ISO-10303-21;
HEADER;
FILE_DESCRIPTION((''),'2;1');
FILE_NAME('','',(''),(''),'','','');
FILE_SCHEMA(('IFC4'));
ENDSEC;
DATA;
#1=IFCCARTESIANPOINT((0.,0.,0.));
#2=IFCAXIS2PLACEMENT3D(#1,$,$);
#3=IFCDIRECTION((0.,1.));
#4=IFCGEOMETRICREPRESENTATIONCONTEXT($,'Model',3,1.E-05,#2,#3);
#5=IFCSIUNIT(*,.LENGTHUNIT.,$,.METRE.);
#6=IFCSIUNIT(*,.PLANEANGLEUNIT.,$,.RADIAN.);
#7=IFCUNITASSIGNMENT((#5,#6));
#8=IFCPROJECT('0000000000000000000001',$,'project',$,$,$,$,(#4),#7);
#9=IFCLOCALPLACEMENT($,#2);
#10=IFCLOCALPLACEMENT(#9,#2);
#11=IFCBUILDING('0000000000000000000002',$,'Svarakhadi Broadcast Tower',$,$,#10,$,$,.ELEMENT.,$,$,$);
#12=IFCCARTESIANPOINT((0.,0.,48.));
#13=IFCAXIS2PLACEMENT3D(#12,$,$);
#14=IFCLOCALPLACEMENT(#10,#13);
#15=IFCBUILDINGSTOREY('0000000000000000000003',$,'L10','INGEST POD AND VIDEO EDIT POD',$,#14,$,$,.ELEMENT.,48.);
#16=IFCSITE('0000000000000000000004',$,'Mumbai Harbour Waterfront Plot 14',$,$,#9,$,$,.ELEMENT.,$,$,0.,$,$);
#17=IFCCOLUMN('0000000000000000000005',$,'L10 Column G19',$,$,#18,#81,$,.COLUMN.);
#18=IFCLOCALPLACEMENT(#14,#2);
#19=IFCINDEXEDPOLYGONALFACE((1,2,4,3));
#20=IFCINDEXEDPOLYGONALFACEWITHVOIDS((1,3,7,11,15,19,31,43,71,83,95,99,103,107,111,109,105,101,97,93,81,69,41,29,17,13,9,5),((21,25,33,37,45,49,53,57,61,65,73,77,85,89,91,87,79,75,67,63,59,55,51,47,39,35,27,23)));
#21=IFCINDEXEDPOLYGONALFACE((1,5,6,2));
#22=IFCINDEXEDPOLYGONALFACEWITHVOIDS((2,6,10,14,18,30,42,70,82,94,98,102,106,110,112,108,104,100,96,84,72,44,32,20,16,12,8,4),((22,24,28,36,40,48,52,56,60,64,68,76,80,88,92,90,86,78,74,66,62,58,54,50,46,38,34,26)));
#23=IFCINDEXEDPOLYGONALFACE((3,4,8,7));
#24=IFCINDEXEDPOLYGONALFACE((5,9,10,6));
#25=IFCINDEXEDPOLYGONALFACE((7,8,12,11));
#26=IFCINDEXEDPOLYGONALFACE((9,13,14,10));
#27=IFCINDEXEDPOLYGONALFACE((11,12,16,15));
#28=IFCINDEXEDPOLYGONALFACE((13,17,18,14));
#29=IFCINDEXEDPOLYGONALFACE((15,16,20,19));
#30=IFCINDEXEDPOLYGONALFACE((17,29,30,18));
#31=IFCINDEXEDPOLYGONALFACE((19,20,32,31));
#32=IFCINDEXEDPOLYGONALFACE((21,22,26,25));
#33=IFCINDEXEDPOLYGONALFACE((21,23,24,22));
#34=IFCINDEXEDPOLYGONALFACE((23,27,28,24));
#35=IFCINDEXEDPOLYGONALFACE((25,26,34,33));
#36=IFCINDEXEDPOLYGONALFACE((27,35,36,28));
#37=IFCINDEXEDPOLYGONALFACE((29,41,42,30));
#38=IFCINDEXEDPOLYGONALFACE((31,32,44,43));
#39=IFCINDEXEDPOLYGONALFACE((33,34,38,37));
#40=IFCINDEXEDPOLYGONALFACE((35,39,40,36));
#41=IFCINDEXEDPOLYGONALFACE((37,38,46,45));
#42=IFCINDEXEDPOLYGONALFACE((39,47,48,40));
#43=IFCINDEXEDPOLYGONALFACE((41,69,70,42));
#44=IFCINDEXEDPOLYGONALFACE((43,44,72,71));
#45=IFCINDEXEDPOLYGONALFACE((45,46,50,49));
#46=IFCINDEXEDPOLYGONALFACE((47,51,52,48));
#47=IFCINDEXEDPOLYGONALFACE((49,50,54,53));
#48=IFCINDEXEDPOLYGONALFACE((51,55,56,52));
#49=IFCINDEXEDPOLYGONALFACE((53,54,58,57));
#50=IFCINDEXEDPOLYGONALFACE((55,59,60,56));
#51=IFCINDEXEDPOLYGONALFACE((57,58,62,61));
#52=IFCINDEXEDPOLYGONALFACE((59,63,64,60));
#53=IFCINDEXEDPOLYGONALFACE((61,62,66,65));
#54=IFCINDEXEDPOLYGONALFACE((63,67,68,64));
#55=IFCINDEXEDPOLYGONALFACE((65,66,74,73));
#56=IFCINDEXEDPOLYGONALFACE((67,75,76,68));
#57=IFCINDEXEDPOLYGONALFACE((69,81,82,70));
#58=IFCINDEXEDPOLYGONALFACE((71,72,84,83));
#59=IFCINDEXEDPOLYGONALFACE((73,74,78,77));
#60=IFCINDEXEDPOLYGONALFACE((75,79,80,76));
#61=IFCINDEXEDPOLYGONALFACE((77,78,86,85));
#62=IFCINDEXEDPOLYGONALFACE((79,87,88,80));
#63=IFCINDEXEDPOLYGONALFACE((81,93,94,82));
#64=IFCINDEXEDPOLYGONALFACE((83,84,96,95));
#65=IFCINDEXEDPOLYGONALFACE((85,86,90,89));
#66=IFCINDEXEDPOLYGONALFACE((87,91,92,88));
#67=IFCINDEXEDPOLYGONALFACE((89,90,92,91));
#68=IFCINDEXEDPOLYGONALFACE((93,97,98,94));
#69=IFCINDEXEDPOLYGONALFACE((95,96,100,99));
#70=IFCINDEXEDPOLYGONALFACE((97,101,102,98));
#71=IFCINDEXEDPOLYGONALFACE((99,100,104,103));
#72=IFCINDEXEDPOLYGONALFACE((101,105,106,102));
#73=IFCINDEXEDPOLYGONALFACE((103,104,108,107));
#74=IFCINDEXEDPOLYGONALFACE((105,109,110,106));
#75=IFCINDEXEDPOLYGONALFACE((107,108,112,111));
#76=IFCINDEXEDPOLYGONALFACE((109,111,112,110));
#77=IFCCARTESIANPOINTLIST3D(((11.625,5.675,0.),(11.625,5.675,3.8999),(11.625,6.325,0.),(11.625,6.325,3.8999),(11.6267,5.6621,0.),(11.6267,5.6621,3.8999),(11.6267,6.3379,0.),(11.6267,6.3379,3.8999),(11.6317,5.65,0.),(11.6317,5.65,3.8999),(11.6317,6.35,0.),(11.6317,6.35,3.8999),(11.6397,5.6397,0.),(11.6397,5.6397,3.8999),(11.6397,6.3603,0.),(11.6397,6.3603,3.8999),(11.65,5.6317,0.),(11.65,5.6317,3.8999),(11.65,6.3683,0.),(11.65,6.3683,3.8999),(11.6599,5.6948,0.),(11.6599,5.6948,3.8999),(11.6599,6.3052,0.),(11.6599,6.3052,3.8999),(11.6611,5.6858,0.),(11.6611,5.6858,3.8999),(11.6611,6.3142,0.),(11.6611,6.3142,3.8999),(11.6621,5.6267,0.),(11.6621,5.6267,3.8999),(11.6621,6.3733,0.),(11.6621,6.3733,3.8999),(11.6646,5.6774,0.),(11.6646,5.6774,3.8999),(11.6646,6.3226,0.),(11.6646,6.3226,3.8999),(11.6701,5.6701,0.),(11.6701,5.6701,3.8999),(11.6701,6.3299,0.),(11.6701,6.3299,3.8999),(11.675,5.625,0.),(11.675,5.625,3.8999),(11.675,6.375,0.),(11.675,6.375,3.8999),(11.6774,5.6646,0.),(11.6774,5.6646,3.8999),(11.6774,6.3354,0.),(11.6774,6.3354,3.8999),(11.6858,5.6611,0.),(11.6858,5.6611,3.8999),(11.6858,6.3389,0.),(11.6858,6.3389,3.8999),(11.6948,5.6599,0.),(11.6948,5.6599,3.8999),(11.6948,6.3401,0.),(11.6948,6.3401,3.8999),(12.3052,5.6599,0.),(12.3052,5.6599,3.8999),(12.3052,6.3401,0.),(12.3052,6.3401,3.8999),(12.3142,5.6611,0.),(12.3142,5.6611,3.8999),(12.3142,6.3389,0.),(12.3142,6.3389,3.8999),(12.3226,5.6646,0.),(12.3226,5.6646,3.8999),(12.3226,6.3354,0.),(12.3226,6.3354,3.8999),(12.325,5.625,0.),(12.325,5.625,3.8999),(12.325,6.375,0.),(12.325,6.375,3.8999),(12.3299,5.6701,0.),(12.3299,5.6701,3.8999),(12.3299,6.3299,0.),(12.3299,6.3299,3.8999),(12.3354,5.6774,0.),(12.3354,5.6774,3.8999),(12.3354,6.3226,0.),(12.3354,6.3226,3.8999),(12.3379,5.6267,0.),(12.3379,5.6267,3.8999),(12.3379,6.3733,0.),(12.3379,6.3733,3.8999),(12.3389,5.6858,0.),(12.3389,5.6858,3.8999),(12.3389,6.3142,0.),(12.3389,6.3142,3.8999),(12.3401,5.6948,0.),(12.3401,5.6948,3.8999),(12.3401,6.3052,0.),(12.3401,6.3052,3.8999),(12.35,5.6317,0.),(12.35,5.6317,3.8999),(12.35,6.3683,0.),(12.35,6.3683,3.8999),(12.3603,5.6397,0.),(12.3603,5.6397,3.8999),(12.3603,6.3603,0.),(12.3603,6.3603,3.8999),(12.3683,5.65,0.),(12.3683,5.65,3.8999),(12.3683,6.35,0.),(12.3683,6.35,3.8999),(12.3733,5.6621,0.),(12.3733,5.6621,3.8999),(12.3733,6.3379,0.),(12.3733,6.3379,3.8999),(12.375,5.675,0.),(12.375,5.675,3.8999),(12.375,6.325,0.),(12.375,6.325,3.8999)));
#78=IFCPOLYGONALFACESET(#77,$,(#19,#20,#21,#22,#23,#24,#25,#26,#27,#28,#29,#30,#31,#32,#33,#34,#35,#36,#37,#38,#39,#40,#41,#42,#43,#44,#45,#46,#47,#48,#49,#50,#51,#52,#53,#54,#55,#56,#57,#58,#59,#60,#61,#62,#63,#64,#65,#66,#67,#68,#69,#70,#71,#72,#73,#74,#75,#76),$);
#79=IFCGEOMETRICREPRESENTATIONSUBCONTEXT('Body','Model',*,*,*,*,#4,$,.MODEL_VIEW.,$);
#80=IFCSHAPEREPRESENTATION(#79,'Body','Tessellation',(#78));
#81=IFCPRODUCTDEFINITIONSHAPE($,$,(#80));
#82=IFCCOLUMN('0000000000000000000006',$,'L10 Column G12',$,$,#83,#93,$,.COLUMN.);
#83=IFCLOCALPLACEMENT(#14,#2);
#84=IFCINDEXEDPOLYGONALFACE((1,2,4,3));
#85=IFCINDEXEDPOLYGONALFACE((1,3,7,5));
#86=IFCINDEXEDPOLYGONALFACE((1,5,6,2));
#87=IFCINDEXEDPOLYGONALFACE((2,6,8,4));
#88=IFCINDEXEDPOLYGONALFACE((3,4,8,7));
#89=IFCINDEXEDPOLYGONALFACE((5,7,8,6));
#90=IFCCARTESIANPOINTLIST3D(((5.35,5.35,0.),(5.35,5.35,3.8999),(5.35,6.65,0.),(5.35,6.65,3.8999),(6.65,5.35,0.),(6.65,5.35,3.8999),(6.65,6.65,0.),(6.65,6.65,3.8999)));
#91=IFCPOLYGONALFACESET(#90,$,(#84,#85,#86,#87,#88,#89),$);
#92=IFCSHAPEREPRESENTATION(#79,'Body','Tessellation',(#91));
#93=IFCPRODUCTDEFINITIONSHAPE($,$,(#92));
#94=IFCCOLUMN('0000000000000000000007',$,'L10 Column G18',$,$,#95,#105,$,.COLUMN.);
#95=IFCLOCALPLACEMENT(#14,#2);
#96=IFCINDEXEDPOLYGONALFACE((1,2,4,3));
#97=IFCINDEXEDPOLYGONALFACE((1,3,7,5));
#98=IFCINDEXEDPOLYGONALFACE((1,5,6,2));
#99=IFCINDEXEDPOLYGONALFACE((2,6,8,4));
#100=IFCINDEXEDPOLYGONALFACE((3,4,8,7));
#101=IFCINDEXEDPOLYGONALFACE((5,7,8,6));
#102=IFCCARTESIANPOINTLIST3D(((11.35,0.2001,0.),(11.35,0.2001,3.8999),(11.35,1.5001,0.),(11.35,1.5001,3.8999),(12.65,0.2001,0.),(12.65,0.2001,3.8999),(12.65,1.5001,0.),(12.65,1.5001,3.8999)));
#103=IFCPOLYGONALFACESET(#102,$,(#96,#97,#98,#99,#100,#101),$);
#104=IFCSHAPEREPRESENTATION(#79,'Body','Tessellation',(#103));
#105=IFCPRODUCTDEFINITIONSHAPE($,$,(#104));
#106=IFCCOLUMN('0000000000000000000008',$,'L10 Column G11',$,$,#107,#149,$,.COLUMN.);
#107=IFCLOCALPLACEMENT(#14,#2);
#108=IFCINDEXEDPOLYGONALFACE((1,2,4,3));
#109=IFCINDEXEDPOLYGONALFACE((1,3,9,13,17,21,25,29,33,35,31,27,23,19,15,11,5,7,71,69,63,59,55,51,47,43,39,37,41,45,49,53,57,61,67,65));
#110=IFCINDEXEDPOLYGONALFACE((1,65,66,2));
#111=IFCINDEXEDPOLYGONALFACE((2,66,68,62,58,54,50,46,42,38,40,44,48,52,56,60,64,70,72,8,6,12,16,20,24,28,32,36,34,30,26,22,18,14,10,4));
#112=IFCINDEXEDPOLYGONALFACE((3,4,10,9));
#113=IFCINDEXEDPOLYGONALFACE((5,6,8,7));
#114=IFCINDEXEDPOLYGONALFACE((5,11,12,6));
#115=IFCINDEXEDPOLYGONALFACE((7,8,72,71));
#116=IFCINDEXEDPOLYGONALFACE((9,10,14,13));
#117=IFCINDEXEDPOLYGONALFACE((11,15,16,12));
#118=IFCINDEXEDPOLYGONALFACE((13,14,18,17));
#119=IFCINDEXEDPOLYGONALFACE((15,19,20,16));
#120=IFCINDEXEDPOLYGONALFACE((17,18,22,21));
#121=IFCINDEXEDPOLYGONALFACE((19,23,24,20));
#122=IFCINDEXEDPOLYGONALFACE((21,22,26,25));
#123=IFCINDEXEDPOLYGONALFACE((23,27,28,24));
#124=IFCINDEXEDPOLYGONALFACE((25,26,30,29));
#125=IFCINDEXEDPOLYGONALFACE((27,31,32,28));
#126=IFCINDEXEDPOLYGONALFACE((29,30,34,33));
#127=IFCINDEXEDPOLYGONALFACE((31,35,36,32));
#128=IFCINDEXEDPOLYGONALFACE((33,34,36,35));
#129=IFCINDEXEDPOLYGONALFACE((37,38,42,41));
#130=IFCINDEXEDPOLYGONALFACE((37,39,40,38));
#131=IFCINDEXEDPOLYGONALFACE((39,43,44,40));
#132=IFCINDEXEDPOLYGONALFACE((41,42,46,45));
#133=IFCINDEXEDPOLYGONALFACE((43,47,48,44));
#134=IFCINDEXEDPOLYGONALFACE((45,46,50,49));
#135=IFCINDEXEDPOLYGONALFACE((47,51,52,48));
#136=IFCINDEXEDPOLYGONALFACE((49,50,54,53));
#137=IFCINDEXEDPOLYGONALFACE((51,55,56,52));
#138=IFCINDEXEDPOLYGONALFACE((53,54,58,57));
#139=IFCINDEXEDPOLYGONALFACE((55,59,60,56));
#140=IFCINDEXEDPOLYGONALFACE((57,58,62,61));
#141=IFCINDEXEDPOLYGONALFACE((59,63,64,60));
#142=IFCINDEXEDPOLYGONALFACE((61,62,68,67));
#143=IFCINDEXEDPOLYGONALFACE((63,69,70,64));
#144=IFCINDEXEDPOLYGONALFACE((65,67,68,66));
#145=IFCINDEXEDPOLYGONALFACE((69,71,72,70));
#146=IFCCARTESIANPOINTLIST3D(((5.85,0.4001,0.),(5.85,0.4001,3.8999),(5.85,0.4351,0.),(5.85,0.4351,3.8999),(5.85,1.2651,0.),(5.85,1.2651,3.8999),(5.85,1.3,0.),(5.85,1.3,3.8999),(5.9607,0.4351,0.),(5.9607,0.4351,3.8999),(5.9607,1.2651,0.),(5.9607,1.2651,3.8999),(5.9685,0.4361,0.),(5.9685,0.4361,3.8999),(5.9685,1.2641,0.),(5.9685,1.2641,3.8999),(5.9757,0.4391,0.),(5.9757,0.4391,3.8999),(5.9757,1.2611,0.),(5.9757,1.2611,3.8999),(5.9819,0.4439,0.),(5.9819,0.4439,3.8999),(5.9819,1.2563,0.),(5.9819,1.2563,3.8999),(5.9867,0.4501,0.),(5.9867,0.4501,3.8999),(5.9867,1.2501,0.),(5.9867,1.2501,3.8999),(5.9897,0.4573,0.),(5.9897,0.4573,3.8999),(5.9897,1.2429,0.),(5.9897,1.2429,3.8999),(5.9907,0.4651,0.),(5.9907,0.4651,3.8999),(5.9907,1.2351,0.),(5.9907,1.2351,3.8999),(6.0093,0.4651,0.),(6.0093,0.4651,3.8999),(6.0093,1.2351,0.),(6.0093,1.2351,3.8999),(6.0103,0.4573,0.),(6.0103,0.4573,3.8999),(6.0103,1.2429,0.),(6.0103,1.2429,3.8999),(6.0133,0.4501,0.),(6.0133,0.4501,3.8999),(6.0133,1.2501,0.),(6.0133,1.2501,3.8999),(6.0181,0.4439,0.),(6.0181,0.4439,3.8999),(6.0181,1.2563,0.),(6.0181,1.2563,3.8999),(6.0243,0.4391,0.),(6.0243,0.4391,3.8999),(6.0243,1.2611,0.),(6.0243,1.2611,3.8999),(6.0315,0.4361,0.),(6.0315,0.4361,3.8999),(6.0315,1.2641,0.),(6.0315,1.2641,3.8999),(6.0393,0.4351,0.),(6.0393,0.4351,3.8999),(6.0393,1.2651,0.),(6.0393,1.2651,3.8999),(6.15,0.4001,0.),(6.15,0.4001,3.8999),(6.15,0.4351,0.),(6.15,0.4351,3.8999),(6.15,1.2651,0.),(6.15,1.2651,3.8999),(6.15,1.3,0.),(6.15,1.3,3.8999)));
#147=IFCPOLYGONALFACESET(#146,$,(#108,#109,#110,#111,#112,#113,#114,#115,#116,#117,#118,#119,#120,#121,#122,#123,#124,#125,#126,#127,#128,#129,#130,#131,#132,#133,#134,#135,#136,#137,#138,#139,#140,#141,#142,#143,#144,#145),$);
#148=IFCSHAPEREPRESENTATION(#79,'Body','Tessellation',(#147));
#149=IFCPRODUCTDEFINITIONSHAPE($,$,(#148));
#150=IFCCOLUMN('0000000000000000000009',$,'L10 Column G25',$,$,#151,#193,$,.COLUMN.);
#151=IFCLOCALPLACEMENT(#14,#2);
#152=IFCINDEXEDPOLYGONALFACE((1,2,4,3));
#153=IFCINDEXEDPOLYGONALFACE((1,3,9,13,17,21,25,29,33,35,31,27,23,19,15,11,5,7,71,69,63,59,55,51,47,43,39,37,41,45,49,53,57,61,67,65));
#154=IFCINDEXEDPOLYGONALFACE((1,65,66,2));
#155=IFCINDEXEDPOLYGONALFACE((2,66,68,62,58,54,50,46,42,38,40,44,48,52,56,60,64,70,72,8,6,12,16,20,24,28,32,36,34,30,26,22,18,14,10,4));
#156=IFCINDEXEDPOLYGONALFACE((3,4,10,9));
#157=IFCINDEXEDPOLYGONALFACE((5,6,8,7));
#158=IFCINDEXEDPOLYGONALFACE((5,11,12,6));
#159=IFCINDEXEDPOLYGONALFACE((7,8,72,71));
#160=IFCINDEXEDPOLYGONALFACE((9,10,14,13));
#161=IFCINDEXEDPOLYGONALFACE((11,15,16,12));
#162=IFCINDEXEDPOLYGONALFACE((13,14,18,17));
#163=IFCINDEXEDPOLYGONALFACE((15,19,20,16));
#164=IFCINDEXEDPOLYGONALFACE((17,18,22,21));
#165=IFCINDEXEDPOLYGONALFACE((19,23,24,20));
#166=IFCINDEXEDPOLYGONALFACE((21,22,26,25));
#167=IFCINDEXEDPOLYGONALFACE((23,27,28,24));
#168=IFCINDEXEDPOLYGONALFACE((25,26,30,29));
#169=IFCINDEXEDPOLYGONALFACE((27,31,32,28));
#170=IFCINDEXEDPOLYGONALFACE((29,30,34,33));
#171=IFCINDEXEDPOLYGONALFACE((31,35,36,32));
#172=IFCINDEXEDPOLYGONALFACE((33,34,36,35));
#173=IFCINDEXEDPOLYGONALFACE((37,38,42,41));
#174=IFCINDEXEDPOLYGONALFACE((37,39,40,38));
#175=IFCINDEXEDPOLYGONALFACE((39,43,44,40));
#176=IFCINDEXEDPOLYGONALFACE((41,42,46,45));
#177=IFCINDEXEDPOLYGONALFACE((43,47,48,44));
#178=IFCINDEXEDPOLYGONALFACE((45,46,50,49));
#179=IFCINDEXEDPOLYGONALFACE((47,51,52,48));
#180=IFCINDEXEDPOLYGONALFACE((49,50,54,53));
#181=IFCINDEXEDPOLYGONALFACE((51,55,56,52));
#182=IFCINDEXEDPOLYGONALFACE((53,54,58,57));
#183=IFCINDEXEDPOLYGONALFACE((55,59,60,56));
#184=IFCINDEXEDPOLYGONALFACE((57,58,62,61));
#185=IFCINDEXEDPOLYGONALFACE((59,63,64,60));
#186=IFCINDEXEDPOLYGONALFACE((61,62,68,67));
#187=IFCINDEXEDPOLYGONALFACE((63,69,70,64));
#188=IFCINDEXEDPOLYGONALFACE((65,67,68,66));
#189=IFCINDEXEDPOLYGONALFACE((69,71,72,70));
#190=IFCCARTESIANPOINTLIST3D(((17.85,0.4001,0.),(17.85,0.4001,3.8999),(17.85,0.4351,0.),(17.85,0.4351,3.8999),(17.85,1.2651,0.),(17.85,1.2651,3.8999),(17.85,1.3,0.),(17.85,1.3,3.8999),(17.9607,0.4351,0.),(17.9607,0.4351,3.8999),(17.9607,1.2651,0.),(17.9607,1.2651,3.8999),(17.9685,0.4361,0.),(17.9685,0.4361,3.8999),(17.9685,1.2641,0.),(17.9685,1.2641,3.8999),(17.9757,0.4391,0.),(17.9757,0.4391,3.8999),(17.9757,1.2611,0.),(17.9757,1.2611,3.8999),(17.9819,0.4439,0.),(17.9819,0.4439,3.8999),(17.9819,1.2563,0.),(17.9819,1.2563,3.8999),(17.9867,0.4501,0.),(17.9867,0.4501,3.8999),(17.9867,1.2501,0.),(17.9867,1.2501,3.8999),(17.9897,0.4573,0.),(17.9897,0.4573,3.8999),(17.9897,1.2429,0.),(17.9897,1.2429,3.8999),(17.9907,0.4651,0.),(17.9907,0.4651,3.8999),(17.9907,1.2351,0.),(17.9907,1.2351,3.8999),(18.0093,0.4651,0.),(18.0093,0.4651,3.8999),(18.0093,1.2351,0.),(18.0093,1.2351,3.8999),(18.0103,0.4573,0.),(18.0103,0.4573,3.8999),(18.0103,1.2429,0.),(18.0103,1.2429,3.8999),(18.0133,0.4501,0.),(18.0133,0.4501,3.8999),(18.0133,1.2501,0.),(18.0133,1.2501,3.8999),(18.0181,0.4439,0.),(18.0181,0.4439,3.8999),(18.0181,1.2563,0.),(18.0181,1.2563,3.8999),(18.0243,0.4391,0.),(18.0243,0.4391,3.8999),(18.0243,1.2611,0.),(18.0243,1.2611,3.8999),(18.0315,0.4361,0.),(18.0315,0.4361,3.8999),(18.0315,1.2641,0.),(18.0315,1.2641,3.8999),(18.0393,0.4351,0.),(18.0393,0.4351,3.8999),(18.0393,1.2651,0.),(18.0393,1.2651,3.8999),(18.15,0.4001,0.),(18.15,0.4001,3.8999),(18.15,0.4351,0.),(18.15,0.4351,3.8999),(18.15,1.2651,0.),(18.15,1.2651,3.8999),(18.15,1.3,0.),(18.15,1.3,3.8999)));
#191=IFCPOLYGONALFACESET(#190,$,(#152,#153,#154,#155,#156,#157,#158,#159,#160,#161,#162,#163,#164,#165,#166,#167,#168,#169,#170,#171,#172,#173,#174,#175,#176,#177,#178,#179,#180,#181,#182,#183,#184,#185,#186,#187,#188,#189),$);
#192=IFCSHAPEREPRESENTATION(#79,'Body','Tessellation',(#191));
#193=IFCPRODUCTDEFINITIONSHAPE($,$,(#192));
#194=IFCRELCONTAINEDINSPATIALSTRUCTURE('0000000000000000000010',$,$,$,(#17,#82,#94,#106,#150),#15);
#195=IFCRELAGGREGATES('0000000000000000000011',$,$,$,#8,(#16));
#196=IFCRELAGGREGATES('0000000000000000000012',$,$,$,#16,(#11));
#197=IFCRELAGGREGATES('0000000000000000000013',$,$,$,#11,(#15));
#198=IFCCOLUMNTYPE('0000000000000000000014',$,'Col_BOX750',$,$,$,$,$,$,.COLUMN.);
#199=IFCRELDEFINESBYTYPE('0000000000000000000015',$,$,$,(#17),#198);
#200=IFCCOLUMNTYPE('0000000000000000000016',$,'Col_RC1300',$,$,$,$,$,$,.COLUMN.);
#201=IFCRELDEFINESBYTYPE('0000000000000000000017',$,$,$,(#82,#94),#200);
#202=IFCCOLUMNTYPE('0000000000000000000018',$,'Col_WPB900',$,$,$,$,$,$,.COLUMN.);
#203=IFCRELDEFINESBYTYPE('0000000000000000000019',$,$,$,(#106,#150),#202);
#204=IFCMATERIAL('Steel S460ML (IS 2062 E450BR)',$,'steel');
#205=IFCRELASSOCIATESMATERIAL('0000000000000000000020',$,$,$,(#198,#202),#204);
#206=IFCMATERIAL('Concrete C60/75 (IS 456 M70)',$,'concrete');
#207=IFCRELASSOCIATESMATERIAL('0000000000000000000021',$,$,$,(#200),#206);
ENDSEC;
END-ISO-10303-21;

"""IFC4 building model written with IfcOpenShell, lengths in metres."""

from ifc_helpers import new_model, si_unit, direction, frame, origin, origin_2d, place, context, subcontext, project, spatial, rectangle, hollow_rectangle, i_section, extrude, material, material_profile, profile_set, type_object, element, save


model = new_model("IFC4")

# Units and contexts
model_context = context("Model", 3, precision=1e-05, world=origin(), true_north=direction((0.0, 1.0)))
body_context = subcontext(model_context, "Body", "Model", "MODEL_VIEW")
ifc_project = project(units=[si_unit("LENGTHUNIT", "METRE"), si_unit("PLANEANGLEUNIT", "RADIAN")], contexts=[model_context])

# Site, building, storey
site_placement = place(None, origin())
site = spatial("IfcSite", under=ifc_project, at=site_placement, Name="Mumbai Harbour Waterfront Plot 14", CompositionType="ELEMENT", RefElevation=0.0)
building_placement = place(site_placement, origin())
building = spatial("IfcBuilding", under=site, at=building_placement, Name="Svarakhadi Broadcast Tower", CompositionType="ELEMENT")
storey_placement = place(building_placement, frame((0.0, 0.0, 48.0)))
storey = spatial("IfcBuildingStorey", under=building, at=storey_placement, Name="L10", Description="INGEST POD AND VIDEO EDIT POD", CompositionType="ELEMENT", Elevation=48.0)

# Columns
ifc_material_1 = material(Name="Steel S460ML (IS 2062 E450BR)", Category="steel")
ifc_material_profile_1 = material_profile(ifc_material_1, hollow_rectangle(XDim=0.75, YDim=0.75, WallThickness=0.0349, InnerFilletRadius=0.0349, OuterFilletRadius=0.05, at=origin_2d()), Name="BOX 750x750x35")
ifc_profile_set_1 = profile_set([ifc_material_profile_1], Name="Steel S460ML (IS 2062 E450BR)")
column_type_1 = type_object("IfcColumnType", Name="Col_BOX750", PredefinedType="COLUMN", material=ifc_profile_set_1)
column_placement = place(storey_placement, frame((12.0, 6.0, 0.0), z_axis=(0.0, 0.0, 1.0), x_axis=(1.0, 0.0, 0.0)))
element("IfcColumn", 1, at=column_placement, inside=storey, type_object=column_type_1, Name="L10 Column G19", PredefinedType="COLUMN", context=body_context, shape_type="SweptSolid", body=[
    extrude(hollow_rectangle(XDim=0.75, YDim=0.75, WallThickness=0.0349, InnerFilletRadius=0.0349, OuterFilletRadius=0.05, at=origin_2d()), origin(), (0.0, 0.0, 1.0), 3.8999),
])
ifc_material_2 = material(Name="Concrete C60/75 (IS 456 M70)", Category="concrete")
ifc_material_profile_2 = material_profile(ifc_material_2, rectangle(XDim=1.3, YDim=1.3, at=origin_2d()), Name="RC 1300x1300")
ifc_profile_set_2 = profile_set([ifc_material_profile_2], Name="Concrete C60/75 (IS 456 M70)")
column_type_2 = type_object("IfcColumnType", Name="Col_RC1300", PredefinedType="COLUMN", material=ifc_profile_set_2)
for number, where, z_axis, x_axis, name in (
    (2, (6.0, 6.0, 0.0), (0.0, 0.0, 1.0), (1.0, 0.0, 0.0), "L10 Column G12"),
    (3, (12.0, 0.8501, 0.0), (0.0, 0.0, 1.0), (1.0, 0.0, 0.0), "L10 Column G18"),
):
    element("IfcColumn", number, at=place(storey_placement, frame(where, z_axis=z_axis, x_axis=x_axis)), inside=storey, type_object=column_type_2, Name=name, PredefinedType="COLUMN", context=body_context, shape_type="SweptSolid", body=[
        extrude(rectangle(XDim=1.3, YDim=1.3, at=origin_2d()), origin(), (0.0, 0.0, 1.0), 3.8999),
    ])
ifc_material_profile_3 = material_profile(ifc_material_1, i_section(OverallWidth=0.3, OverallDepth=0.8999, WebThickness=0.0186, FlangeThickness=0.0349, FilletRadius=0.03, at=origin_2d()), Name="WPB 900x300x291")
ifc_profile_set_3 = profile_set([ifc_material_profile_3], Name="Steel S460ML (IS 2062 E450BR)")
column_type_3 = type_object("IfcColumnType", Name="Col_WPB900", PredefinedType="COLUMN", material=ifc_profile_set_3)
for number, where, z_axis, x_axis, name in (
    (4, (6.0, 0.8501, 0.0), (0.0, 0.0, 1.0), (1.0, 0.0, 0.0), "L10 Column G11"),
    (5, (18.0, 0.8501, 0.0), (0.0, 0.0, 1.0), (1.0, 0.0, 0.0), "L10 Column G25"),
):
    element("IfcColumn", number, at=place(storey_placement, frame(where, z_axis=z_axis, x_axis=x_axis)), inside=storey, type_object=column_type_3, Name=name, PredefinedType="COLUMN", context=body_context, shape_type="SweptSolid", body=[
        extrude(i_section(OverallWidth=0.3, OverallDepth=0.8999, WebThickness=0.0186, FlangeThickness=0.0349, FilletRadius=0.03, at=origin_2d()), origin(), (0.0, 0.0, 1.0), 3.8999),
    ])

save(model, "model.ifc")
